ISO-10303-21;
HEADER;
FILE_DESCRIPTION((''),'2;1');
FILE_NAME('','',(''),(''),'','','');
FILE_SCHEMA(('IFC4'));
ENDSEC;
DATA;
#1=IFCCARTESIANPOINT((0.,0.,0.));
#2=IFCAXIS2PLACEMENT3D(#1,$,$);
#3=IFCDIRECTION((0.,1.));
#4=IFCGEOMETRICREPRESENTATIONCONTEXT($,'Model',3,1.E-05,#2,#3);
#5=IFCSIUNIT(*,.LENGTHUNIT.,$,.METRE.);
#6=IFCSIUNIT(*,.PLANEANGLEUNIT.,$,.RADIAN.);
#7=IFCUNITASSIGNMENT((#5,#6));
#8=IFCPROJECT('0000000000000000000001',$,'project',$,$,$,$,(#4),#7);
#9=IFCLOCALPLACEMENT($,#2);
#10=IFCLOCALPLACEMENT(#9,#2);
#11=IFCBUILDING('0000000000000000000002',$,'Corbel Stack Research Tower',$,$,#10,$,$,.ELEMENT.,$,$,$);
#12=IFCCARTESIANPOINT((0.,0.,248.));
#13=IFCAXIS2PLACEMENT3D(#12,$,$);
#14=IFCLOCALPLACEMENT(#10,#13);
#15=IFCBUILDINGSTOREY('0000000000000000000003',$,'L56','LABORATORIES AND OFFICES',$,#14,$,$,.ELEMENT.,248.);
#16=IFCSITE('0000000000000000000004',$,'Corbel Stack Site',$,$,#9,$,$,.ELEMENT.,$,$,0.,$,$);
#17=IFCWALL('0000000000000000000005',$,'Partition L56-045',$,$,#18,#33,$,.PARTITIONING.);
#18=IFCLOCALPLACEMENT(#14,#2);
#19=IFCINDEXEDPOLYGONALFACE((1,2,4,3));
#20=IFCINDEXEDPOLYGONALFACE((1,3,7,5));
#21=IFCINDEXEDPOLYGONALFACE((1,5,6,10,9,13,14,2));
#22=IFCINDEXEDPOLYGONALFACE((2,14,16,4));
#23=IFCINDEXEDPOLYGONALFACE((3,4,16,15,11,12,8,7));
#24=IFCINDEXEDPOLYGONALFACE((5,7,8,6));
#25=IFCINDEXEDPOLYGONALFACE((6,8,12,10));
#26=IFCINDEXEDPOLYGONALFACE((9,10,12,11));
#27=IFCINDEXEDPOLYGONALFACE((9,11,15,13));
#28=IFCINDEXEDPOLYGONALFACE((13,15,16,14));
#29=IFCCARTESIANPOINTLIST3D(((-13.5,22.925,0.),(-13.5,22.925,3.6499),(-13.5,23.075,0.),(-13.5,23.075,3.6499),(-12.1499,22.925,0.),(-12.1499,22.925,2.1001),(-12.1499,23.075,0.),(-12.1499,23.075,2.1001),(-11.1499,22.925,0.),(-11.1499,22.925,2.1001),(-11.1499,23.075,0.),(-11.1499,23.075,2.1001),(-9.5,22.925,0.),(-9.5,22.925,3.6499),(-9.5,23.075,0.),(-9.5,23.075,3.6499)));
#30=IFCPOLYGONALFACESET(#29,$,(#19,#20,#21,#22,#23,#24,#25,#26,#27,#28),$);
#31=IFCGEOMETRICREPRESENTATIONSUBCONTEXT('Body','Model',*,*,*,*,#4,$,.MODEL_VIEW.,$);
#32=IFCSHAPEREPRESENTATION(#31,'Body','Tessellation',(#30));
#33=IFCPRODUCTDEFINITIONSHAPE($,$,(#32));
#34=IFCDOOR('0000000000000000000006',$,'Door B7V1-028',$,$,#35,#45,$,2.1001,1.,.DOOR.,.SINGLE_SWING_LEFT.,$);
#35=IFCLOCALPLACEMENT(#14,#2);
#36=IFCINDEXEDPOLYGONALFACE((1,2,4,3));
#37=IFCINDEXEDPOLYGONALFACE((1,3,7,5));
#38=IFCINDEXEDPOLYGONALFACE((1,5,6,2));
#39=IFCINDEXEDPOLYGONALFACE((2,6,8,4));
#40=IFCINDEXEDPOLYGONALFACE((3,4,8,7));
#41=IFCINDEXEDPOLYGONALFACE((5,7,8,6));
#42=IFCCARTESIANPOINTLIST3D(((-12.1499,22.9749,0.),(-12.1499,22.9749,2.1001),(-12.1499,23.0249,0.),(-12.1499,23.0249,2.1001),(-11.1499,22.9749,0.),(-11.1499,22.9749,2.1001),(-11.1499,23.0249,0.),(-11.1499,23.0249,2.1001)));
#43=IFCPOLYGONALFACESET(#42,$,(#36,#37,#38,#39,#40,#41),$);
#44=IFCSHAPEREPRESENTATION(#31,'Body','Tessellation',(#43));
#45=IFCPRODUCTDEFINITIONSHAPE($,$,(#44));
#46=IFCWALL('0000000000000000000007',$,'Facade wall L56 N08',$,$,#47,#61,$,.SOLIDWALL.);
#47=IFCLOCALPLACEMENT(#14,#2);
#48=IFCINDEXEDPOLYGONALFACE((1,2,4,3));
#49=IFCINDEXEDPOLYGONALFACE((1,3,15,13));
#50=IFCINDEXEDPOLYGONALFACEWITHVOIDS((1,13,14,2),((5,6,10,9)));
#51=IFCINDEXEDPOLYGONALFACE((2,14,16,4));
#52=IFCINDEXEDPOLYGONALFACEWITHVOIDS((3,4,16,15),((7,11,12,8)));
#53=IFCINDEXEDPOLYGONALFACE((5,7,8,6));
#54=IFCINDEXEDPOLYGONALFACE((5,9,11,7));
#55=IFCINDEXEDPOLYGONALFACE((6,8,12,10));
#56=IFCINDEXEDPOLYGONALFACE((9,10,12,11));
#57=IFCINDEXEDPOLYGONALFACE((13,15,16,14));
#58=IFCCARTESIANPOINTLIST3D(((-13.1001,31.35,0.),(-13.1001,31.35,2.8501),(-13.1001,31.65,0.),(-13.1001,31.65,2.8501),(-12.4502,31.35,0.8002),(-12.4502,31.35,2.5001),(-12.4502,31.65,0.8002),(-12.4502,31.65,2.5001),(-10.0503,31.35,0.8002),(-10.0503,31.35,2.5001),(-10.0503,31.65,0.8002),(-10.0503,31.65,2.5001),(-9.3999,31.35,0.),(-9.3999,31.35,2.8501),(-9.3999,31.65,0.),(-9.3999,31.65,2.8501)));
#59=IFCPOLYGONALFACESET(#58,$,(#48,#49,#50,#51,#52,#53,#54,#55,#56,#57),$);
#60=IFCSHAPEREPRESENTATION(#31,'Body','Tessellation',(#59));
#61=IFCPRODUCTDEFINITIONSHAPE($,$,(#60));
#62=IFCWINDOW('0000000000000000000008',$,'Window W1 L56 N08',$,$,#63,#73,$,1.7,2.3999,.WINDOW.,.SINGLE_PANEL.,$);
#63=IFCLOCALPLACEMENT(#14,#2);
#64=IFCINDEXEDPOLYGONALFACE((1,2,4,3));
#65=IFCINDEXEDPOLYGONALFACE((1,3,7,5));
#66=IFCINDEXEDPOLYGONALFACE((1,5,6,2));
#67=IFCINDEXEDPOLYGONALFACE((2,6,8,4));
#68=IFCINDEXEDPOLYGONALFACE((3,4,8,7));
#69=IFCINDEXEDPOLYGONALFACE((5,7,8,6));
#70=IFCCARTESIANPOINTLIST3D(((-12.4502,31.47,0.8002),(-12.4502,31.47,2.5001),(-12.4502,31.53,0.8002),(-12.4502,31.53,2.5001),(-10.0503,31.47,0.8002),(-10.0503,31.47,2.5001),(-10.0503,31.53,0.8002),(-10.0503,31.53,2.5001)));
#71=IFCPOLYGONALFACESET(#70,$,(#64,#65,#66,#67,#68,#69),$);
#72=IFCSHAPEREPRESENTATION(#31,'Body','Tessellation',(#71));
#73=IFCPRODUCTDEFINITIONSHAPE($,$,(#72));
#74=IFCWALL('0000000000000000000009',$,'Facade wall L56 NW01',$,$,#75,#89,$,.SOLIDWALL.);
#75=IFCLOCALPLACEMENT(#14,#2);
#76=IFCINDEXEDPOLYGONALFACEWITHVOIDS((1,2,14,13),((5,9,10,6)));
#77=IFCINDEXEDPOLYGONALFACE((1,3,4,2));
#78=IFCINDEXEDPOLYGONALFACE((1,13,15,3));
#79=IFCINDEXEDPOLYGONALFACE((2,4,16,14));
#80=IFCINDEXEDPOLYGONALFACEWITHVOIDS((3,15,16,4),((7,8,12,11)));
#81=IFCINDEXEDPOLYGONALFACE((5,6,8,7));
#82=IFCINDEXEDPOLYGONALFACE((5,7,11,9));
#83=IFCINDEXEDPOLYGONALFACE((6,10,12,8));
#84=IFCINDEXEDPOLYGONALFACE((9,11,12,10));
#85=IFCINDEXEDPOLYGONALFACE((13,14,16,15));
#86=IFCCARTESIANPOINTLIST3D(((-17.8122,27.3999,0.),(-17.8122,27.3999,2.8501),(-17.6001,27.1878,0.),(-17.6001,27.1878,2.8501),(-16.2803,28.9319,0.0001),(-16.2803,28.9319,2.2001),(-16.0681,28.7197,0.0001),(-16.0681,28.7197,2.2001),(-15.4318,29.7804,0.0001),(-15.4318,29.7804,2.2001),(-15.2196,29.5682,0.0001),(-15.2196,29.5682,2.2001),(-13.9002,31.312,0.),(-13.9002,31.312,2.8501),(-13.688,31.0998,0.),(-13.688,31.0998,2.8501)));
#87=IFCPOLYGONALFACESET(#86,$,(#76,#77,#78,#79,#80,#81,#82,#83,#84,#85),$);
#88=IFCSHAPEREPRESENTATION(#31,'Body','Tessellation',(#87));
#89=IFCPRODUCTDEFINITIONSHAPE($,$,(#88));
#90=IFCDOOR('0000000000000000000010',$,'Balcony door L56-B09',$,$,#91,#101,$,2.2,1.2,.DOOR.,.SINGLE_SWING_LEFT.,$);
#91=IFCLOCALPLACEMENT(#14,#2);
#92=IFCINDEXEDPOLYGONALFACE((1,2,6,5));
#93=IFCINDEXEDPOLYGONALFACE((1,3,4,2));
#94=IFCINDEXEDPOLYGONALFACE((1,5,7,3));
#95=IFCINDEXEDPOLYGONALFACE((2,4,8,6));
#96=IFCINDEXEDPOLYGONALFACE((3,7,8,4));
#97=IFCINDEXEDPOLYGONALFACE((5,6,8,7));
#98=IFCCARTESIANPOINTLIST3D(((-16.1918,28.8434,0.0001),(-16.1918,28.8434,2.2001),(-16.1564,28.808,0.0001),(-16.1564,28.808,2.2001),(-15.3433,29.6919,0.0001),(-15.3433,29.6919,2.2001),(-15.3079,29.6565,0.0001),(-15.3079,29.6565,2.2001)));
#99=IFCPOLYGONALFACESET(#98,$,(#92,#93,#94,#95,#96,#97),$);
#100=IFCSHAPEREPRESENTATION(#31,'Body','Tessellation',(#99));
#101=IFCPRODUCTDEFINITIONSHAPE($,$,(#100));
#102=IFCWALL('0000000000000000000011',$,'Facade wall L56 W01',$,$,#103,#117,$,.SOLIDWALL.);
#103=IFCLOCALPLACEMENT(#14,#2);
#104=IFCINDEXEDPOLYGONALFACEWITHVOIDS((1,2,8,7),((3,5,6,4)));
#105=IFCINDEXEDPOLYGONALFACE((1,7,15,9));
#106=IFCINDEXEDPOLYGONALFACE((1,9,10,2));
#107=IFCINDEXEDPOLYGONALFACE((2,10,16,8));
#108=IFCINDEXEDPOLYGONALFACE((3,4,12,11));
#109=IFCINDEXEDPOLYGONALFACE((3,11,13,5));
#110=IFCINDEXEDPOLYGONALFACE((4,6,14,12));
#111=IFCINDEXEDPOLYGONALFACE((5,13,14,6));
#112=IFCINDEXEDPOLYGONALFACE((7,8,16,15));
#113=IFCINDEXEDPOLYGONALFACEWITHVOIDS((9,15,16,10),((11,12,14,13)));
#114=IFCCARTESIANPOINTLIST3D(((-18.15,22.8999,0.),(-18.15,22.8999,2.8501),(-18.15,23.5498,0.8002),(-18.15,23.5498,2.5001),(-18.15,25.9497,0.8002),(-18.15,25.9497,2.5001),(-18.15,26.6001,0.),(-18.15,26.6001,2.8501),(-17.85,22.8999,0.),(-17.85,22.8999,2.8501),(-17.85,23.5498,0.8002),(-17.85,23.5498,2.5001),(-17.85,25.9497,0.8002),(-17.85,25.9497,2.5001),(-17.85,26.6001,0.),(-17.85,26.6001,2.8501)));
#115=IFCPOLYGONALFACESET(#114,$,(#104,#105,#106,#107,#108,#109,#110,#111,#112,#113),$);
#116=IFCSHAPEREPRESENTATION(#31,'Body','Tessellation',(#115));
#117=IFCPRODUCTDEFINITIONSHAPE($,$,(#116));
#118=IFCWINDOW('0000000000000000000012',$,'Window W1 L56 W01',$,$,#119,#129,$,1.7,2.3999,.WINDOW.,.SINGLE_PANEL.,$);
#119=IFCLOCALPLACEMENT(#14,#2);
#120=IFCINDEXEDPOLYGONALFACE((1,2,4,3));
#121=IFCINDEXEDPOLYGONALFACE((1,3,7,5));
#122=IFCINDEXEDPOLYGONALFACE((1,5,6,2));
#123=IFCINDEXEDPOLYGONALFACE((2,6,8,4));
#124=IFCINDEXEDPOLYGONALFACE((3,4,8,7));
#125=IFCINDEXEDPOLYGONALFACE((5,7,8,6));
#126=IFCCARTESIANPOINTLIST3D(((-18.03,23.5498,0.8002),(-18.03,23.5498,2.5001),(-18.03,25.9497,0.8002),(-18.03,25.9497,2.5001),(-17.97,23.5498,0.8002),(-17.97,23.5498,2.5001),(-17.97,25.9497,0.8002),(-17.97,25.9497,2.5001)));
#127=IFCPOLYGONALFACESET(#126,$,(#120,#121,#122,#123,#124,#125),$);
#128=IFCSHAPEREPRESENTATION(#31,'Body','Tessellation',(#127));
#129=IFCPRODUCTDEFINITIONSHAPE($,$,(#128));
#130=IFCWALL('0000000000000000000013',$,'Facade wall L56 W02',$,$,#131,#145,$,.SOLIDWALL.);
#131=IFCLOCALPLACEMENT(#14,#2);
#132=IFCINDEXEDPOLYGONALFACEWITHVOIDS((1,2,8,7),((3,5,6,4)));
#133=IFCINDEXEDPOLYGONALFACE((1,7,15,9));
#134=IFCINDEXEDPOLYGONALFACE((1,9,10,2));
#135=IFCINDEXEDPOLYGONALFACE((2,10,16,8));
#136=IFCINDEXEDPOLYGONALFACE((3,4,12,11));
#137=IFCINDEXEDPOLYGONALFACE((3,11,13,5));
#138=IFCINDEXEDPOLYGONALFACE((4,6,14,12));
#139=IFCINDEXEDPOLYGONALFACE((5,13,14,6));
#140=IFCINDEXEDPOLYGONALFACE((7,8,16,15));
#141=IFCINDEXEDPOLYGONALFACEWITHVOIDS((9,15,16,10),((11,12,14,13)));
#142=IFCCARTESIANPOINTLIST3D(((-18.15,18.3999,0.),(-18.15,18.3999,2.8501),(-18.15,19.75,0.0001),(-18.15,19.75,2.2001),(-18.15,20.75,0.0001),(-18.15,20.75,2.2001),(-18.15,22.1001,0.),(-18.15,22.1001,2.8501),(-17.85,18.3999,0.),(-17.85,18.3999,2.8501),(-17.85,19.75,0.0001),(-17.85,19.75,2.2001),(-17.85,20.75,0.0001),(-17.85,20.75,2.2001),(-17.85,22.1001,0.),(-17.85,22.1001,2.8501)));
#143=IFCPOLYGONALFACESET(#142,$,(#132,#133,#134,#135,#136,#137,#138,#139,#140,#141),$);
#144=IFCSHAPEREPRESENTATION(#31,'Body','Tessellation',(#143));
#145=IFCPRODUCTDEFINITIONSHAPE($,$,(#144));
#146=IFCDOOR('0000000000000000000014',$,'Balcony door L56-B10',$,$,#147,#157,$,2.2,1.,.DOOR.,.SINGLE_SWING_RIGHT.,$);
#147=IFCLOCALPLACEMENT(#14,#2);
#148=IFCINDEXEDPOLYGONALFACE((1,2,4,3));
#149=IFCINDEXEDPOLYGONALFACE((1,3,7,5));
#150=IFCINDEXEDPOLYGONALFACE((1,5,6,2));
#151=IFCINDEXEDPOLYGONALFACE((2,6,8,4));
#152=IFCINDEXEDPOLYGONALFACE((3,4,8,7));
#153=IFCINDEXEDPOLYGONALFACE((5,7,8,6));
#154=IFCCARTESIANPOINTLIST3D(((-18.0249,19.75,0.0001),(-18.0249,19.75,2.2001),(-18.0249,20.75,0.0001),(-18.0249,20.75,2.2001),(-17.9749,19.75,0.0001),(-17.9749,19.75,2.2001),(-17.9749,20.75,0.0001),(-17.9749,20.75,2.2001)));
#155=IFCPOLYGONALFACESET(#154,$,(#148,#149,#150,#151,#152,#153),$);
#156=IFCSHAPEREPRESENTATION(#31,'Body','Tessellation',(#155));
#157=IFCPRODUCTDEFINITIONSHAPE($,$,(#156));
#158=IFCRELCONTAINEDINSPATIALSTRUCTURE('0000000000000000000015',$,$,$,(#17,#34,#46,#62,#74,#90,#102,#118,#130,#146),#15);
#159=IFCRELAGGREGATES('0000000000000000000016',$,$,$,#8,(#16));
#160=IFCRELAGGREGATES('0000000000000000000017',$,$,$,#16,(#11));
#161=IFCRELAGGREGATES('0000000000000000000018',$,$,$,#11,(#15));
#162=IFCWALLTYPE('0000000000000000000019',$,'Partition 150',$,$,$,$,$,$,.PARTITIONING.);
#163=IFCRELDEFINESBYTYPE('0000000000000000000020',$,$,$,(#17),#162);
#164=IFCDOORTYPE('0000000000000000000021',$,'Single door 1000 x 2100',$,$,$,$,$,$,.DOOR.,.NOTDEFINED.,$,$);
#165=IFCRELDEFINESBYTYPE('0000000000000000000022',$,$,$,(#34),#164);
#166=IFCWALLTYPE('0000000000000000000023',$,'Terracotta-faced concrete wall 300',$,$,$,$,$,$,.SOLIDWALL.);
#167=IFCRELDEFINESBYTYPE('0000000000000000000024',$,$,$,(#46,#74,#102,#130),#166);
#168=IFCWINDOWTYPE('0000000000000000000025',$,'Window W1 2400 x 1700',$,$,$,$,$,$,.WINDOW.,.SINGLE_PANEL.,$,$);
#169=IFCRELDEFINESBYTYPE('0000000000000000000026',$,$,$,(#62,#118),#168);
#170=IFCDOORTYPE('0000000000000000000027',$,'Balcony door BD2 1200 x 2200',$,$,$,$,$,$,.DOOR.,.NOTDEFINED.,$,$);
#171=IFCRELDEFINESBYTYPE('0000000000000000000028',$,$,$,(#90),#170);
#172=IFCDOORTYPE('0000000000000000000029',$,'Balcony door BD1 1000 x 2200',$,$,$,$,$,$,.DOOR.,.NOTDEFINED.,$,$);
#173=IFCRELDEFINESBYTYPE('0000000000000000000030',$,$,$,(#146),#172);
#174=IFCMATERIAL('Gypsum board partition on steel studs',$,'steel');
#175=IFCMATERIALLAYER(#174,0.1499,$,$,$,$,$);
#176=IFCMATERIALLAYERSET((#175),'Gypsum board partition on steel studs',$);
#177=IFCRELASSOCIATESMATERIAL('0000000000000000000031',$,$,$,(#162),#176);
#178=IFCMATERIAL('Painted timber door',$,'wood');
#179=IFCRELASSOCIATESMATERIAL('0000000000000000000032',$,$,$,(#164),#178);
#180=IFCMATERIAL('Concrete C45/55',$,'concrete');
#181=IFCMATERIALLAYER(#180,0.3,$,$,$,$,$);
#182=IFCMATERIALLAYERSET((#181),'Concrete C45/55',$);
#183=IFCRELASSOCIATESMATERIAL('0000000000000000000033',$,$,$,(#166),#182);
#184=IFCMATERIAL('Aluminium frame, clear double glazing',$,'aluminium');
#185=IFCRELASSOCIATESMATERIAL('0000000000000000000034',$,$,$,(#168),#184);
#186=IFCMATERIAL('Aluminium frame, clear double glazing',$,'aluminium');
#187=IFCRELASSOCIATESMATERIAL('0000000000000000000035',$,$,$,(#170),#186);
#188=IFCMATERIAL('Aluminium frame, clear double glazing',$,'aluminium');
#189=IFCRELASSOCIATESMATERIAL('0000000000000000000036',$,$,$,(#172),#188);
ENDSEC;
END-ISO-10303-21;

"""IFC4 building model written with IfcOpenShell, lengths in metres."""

from ifc_helpers import new_model, si_unit, direction, frame, frame_2d, origin, place, context, subcontext, project, spatial, rectangle, extrude, material, layer, layer_set, type_object, element, fill, save


model = new_model("IFC4")

# Units and contexts
model_context = context("Model", 3, precision=1e-05, world=origin(), true_north=direction((0.0, 1.0)))
body_context = subcontext(model_context, "Body", "Model", "MODEL_VIEW")
ifc_project = project(units=[si_unit("LENGTHUNIT", "METRE"), si_unit("PLANEANGLEUNIT", "RADIAN")], contexts=[model_context])

# Site, building, storey
site_placement = place(None, origin())
site = spatial("IfcSite", under=ifc_project, at=site_placement, Name="Corbel Stack Site", CompositionType="ELEMENT", RefElevation=0.0)
building_placement = place(site_placement, origin())
building = spatial("IfcBuilding", under=site, at=building_placement, Name="Corbel Stack Research Tower", CompositionType="ELEMENT")
storey_placement = place(building_placement, frame((0.0, 0.0, 248.0)))
storey = spatial("IfcBuildingStorey", under=building, at=storey_placement, Name="L56", Description="LABORATORIES AND OFFICES", CompositionType="ELEMENT", Elevation=248.0)

# Wall, opening, door
ifc_material_1 = material(Name="Gypsum board partition on steel studs", Category="steel")
ifc_layer_1 = layer(ifc_material_1, 0.1499)
ifc_layer_set_1 = layer_set([ifc_layer_1], Name="Gypsum board partition on steel studs")
wall_type_1 = type_object("IfcWallType", Name="Partition 150", PredefinedType="PARTITIONING", material=ifc_layer_set_1)
wall_1_placement = place(storey_placement, frame((-13.5, 23.0, 0.0), z_axis=(0.0, 0.0, 1.0), x_axis=(1.0, 0.0, 0.0)))
wall_1 = element("IfcWall", 1, at=wall_1_placement, inside=storey, type_object=wall_type_1, Name="Partition L56-045", PredefinedType="PARTITIONING", context=body_context, shape_type="SweptSolid", body=[
    extrude(rectangle(XDim=4.0, YDim=0.1499, at=frame_2d((2.0, 0.0))), origin(), (0.0, 0.0, 1.0), 3.6499),
])
opening_1_placement = place(wall_1_placement, frame((1.3501, 0.0, 0.0)))
opening_1 = element("IfcOpeningElement", 2, at=opening_1_placement, cuts=wall_1, PredefinedType="OPENING", context=body_context, shape_type="SweptSolid", body=[
    extrude(rectangle(XDim=1.0, YDim=2.1001, at=frame_2d((0.5, 1.05))), frame((0.0, 0.085, 0.0), z_axis=(0.0, -1.0, 0.0), x_axis=(1.0, 0.0, 0.0)), (0.0, 0.0, 1.0), 0.1699),
])
ifc_material_2 = material(Name="Painted timber door", Category="wood")
door_type_1 = type_object("IfcDoorType", Name="Single door 1000 x 2100", OperationType="NOTDEFINED", PredefinedType="DOOR", material=ifc_material_2)
door_1_placement = place(opening_1_placement, origin())
door_1 = element("IfcDoor", 3, at=door_1_placement, inside=storey, type_object=door_type_1, Name="Door B7V1-028", OperationType="SINGLE_SWING_LEFT", OverallHeight=2.1001, OverallWidth=1.0, PredefinedType="DOOR", context=body_context, shape_type="SweptSolid", body=[
    extrude(rectangle(XDim=1.0, YDim=2.1001, at=frame_2d((0.5, 1.05))), frame((0.0, 0.0249, 0.0), z_axis=(0.0, -1.0, 0.0), x_axis=(1.0, 0.0, 0.0)), (0.0, 0.0, 1.0), 0.05),
])
fill(opening_1, door_1)

# Wall, opening, window
ifc_material_3 = material(Name="Concrete C45/55", Category="concrete")
ifc_layer_2 = layer(ifc_material_3, 0.3)
ifc_layer_set_2 = layer_set([ifc_layer_2], Name="Concrete C45/55")
wall_type_2 = type_object("IfcWallType", Name="Terracotta-faced concrete wall 300", PredefinedType="SOLIDWALL", material=ifc_layer_set_2)
wall_2_placement = place(storey_placement, frame((-13.1001, 31.5, 0.0), z_axis=(0.0, 0.0, 1.0), x_axis=(1.0, 0.0, 0.0)))
wall_2 = element("IfcWall", 4, at=wall_2_placement, inside=storey, type_object=wall_type_2, Name="Facade wall L56 N08", PredefinedType="SOLIDWALL", context=body_context, shape_type="SweptSolid", body=[
    extrude(rectangle(XDim=3.7002, YDim=0.3, at=frame_2d((1.8501, 0.0))), origin(), (0.0, 0.0, 1.0), 2.8501),
])
opening_2_placement = place(wall_2_placement, frame((0.6499, 0.0, 0.8)))
opening_2 = element("IfcOpeningElement", 5, at=opening_2_placement, cuts=wall_2, PredefinedType="OPENING", context=body_context, shape_type="SweptSolid", body=[
    extrude(rectangle(XDim=2.3999, YDim=1.7, at=frame_2d((1.2, 0.8501))), frame((0.0, 0.1599, 0.0), z_axis=(0.0, -1.0, 0.0), x_axis=(1.0, 0.0, 0.0)), (0.0, 0.0, 1.0), 0.3201),
])
ifc_material_4 = material(Name="Aluminium frame, clear double glazing", Category="aluminium")
window_type = type_object("IfcWindowType", Name="Window W1 2400 x 1700", PartitioningType="SINGLE_PANEL", PredefinedType="WINDOW", material=ifc_material_4)
window_1_placement = place(opening_2_placement, origin())
window_1 = element("IfcWindow", 6, at=window_1_placement, inside=storey, type_object=window_type, Name="Window W1 L56 N08", OverallHeight=1.7, OverallWidth=2.3999, PartitioningType="SINGLE_PANEL", PredefinedType="WINDOW", context=body_context, shape_type="SweptSolid", body=[
    extrude(rectangle(XDim=2.3999, YDim=1.7, at=frame_2d((1.2, 0.8501))), frame((0.0, 0.03, 0.0), z_axis=(0.0, -1.0, 0.0), x_axis=(1.0, 0.0, 0.0)), (0.0, 0.0, 1.0), 0.0601),
])
fill(opening_2, window_1)

# Wall, opening, door
wall_3_placement = place(storey_placement, frame((-17.7061, 27.2939, 0.0), z_axis=(0.0, 0.0, 1.0), x_axis=(0.707107, 0.707107, 0.0)))
wall_3 = element("IfcWall", 7, at=wall_3_placement, inside=storey, type_object=wall_type_2, Name="Facade wall L56 NW01", PredefinedType="SOLIDWALL", context=body_context, shape_type="SweptSolid", body=[
    extrude(rectangle(XDim=5.5325, YDim=0.3, at=frame_2d((2.7661, 0.0))), origin(), (0.0, 0.0, 1.0), 2.8501),
])
opening_3_placement = place(wall_3_placement, frame((2.1663, 0.0, 0.0)))
opening_3 = element("IfcOpeningElement", 8, at=opening_3_placement, cuts=wall_3, PredefinedType="OPENING", context=body_context, shape_type="SweptSolid", body=[
    extrude(rectangle(XDim=1.2, YDim=2.2, at=frame_2d((0.6001, 1.1001))), frame((0.0, 0.1599, 0.0), z_axis=(0.0, -1.0, 0.0), x_axis=(1.0, 0.0, 0.0)), (0.0, 0.0, 1.0), 0.3201),
])
ifc_material_5 = material(Name="Aluminium frame, clear double glazing", Category="aluminium")
door_type_2 = type_object("IfcDoorType", Name="Balcony door BD2 1200 x 2200", OperationType="NOTDEFINED", PredefinedType="DOOR", material=ifc_material_5)
door_2_placement = place(opening_3_placement, origin())
door_2 = element("IfcDoor", 9, at=door_2_placement, inside=storey, type_object=door_type_2, Name="Balcony door L56-B09", OperationType="SINGLE_SWING_LEFT", OverallHeight=2.2, OverallWidth=1.2, PredefinedType="DOOR", context=body_context, shape_type="SweptSolid", body=[
    extrude(rectangle(XDim=1.2, YDim=2.2, at=frame_2d((0.6001, 1.1001))), frame((0.0, 0.0249, 0.0), z_axis=(0.0, -1.0, 0.0), x_axis=(1.0, 0.0, 0.0)), (0.0, 0.0, 1.0), 0.05),
])
fill(opening_3, door_2)

# Wall, opening, window
wall_4_placement = place(storey_placement, frame((-18.0, 22.8999, 0.0), z_axis=(0.0, 0.0, 1.0), x_axis=(0.0, 1.0, 0.0)))
wall_4 = element("IfcWall", 10, at=wall_4_placement, inside=storey, type_object=wall_type_2, Name="Facade wall L56 W01", PredefinedType="SOLIDWALL", context=body_context, shape_type="SweptSolid", body=[
    extrude(rectangle(XDim=3.7002, YDim=0.3, at=frame_2d((1.8501, 0.0))), origin(), (0.0, 0.0, 1.0), 2.8501),
])
opening_4_placement = place(wall_4_placement, frame((0.6499, 0.0, 0.8)))
opening_4 = element("IfcOpeningElement", 11, at=opening_4_placement, cuts=wall_4, PredefinedType="OPENING", context=body_context, shape_type="SweptSolid", body=[
    extrude(rectangle(XDim=2.3999, YDim=1.7, at=frame_2d((1.2, 0.8501))), frame((0.0, 0.1599, 0.0), z_axis=(0.0, -1.0, 0.0), x_axis=(1.0, 0.0, 0.0)), (0.0, 0.0, 1.0), 0.3201),
])
window_2_placement = place(opening_4_placement, origin())
window_2 = element("IfcWindow", 12, at=window_2_placement, inside=storey, type_object=window_type, Name="Window W1 L56 W01", OverallHeight=1.7, OverallWidth=2.3999, PartitioningType="SINGLE_PANEL", PredefinedType="WINDOW", context=body_context, shape_type="SweptSolid", body=[
    extrude(rectangle(XDim=2.3999, YDim=1.7, at=frame_2d((1.2, 0.8501))), frame((0.0, 0.03, 0.0), z_axis=(0.0, -1.0, 0.0), x_axis=(1.0, 0.0, 0.0)), (0.0, 0.0, 1.0), 0.0601),
])
fill(opening_4, window_2)

# Wall, opening, door
wall_5_placement = place(storey_placement, frame((-18.0, 18.3999, 0.0), z_axis=(0.0, 0.0, 1.0), x_axis=(0.0, 1.0, 0.0)))
wall_5 = element("IfcWall", 13, at=wall_5_placement, inside=storey, type_object=wall_type_2, Name="Facade wall L56 W02", PredefinedType="SOLIDWALL", context=body_context, shape_type="SweptSolid", body=[
    extrude(rectangle(XDim=3.7002, YDim=0.3, at=frame_2d((1.8501, 0.0))), origin(), (0.0, 0.0, 1.0), 2.8501),
])
opening_5_placement = place(wall_5_placement, frame((1.3501, 0.0, 0.0)))
opening_5 = element("IfcOpeningElement", 14, at=opening_5_placement, cuts=wall_5, PredefinedType="OPENING", context=body_context, shape_type="SweptSolid", body=[
    extrude(rectangle(XDim=1.0, YDim=2.2, at=frame_2d((0.5, 1.1001))), frame((0.0, 0.1599, 0.0), z_axis=(0.0, -1.0, 0.0), x_axis=(1.0, 0.0, 0.0)), (0.0, 0.0, 1.0), 0.3201),
])
ifc_material_6 = material(Name="Aluminium frame, clear double glazing", Category="aluminium")
door_type_3 = type_object("IfcDoorType", Name="Balcony door BD1 1000 x 2200", OperationType="NOTDEFINED", PredefinedType="DOOR", material=ifc_material_6)
door_3_placement = place(opening_5_placement, origin())
door_3 = element("IfcDoor", 15, at=door_3_placement, inside=storey, type_object=door_type_3, Name="Balcony door L56-B10", OperationType="SINGLE_SWING_RIGHT", OverallHeight=2.2, OverallWidth=1.0, PredefinedType="DOOR", context=body_context, shape_type="SweptSolid", body=[
    extrude(rectangle(XDim=1.0, YDim=2.2, at=frame_2d((0.5, 1.1001))), frame((0.0, 0.0249, 0.0), z_axis=(0.0, -1.0, 0.0), x_axis=(1.0, 0.0, 0.0)), (0.0, 0.0, 1.0), 0.05),
])
fill(opening_5, door_3)

save(model, "model.ifc")
